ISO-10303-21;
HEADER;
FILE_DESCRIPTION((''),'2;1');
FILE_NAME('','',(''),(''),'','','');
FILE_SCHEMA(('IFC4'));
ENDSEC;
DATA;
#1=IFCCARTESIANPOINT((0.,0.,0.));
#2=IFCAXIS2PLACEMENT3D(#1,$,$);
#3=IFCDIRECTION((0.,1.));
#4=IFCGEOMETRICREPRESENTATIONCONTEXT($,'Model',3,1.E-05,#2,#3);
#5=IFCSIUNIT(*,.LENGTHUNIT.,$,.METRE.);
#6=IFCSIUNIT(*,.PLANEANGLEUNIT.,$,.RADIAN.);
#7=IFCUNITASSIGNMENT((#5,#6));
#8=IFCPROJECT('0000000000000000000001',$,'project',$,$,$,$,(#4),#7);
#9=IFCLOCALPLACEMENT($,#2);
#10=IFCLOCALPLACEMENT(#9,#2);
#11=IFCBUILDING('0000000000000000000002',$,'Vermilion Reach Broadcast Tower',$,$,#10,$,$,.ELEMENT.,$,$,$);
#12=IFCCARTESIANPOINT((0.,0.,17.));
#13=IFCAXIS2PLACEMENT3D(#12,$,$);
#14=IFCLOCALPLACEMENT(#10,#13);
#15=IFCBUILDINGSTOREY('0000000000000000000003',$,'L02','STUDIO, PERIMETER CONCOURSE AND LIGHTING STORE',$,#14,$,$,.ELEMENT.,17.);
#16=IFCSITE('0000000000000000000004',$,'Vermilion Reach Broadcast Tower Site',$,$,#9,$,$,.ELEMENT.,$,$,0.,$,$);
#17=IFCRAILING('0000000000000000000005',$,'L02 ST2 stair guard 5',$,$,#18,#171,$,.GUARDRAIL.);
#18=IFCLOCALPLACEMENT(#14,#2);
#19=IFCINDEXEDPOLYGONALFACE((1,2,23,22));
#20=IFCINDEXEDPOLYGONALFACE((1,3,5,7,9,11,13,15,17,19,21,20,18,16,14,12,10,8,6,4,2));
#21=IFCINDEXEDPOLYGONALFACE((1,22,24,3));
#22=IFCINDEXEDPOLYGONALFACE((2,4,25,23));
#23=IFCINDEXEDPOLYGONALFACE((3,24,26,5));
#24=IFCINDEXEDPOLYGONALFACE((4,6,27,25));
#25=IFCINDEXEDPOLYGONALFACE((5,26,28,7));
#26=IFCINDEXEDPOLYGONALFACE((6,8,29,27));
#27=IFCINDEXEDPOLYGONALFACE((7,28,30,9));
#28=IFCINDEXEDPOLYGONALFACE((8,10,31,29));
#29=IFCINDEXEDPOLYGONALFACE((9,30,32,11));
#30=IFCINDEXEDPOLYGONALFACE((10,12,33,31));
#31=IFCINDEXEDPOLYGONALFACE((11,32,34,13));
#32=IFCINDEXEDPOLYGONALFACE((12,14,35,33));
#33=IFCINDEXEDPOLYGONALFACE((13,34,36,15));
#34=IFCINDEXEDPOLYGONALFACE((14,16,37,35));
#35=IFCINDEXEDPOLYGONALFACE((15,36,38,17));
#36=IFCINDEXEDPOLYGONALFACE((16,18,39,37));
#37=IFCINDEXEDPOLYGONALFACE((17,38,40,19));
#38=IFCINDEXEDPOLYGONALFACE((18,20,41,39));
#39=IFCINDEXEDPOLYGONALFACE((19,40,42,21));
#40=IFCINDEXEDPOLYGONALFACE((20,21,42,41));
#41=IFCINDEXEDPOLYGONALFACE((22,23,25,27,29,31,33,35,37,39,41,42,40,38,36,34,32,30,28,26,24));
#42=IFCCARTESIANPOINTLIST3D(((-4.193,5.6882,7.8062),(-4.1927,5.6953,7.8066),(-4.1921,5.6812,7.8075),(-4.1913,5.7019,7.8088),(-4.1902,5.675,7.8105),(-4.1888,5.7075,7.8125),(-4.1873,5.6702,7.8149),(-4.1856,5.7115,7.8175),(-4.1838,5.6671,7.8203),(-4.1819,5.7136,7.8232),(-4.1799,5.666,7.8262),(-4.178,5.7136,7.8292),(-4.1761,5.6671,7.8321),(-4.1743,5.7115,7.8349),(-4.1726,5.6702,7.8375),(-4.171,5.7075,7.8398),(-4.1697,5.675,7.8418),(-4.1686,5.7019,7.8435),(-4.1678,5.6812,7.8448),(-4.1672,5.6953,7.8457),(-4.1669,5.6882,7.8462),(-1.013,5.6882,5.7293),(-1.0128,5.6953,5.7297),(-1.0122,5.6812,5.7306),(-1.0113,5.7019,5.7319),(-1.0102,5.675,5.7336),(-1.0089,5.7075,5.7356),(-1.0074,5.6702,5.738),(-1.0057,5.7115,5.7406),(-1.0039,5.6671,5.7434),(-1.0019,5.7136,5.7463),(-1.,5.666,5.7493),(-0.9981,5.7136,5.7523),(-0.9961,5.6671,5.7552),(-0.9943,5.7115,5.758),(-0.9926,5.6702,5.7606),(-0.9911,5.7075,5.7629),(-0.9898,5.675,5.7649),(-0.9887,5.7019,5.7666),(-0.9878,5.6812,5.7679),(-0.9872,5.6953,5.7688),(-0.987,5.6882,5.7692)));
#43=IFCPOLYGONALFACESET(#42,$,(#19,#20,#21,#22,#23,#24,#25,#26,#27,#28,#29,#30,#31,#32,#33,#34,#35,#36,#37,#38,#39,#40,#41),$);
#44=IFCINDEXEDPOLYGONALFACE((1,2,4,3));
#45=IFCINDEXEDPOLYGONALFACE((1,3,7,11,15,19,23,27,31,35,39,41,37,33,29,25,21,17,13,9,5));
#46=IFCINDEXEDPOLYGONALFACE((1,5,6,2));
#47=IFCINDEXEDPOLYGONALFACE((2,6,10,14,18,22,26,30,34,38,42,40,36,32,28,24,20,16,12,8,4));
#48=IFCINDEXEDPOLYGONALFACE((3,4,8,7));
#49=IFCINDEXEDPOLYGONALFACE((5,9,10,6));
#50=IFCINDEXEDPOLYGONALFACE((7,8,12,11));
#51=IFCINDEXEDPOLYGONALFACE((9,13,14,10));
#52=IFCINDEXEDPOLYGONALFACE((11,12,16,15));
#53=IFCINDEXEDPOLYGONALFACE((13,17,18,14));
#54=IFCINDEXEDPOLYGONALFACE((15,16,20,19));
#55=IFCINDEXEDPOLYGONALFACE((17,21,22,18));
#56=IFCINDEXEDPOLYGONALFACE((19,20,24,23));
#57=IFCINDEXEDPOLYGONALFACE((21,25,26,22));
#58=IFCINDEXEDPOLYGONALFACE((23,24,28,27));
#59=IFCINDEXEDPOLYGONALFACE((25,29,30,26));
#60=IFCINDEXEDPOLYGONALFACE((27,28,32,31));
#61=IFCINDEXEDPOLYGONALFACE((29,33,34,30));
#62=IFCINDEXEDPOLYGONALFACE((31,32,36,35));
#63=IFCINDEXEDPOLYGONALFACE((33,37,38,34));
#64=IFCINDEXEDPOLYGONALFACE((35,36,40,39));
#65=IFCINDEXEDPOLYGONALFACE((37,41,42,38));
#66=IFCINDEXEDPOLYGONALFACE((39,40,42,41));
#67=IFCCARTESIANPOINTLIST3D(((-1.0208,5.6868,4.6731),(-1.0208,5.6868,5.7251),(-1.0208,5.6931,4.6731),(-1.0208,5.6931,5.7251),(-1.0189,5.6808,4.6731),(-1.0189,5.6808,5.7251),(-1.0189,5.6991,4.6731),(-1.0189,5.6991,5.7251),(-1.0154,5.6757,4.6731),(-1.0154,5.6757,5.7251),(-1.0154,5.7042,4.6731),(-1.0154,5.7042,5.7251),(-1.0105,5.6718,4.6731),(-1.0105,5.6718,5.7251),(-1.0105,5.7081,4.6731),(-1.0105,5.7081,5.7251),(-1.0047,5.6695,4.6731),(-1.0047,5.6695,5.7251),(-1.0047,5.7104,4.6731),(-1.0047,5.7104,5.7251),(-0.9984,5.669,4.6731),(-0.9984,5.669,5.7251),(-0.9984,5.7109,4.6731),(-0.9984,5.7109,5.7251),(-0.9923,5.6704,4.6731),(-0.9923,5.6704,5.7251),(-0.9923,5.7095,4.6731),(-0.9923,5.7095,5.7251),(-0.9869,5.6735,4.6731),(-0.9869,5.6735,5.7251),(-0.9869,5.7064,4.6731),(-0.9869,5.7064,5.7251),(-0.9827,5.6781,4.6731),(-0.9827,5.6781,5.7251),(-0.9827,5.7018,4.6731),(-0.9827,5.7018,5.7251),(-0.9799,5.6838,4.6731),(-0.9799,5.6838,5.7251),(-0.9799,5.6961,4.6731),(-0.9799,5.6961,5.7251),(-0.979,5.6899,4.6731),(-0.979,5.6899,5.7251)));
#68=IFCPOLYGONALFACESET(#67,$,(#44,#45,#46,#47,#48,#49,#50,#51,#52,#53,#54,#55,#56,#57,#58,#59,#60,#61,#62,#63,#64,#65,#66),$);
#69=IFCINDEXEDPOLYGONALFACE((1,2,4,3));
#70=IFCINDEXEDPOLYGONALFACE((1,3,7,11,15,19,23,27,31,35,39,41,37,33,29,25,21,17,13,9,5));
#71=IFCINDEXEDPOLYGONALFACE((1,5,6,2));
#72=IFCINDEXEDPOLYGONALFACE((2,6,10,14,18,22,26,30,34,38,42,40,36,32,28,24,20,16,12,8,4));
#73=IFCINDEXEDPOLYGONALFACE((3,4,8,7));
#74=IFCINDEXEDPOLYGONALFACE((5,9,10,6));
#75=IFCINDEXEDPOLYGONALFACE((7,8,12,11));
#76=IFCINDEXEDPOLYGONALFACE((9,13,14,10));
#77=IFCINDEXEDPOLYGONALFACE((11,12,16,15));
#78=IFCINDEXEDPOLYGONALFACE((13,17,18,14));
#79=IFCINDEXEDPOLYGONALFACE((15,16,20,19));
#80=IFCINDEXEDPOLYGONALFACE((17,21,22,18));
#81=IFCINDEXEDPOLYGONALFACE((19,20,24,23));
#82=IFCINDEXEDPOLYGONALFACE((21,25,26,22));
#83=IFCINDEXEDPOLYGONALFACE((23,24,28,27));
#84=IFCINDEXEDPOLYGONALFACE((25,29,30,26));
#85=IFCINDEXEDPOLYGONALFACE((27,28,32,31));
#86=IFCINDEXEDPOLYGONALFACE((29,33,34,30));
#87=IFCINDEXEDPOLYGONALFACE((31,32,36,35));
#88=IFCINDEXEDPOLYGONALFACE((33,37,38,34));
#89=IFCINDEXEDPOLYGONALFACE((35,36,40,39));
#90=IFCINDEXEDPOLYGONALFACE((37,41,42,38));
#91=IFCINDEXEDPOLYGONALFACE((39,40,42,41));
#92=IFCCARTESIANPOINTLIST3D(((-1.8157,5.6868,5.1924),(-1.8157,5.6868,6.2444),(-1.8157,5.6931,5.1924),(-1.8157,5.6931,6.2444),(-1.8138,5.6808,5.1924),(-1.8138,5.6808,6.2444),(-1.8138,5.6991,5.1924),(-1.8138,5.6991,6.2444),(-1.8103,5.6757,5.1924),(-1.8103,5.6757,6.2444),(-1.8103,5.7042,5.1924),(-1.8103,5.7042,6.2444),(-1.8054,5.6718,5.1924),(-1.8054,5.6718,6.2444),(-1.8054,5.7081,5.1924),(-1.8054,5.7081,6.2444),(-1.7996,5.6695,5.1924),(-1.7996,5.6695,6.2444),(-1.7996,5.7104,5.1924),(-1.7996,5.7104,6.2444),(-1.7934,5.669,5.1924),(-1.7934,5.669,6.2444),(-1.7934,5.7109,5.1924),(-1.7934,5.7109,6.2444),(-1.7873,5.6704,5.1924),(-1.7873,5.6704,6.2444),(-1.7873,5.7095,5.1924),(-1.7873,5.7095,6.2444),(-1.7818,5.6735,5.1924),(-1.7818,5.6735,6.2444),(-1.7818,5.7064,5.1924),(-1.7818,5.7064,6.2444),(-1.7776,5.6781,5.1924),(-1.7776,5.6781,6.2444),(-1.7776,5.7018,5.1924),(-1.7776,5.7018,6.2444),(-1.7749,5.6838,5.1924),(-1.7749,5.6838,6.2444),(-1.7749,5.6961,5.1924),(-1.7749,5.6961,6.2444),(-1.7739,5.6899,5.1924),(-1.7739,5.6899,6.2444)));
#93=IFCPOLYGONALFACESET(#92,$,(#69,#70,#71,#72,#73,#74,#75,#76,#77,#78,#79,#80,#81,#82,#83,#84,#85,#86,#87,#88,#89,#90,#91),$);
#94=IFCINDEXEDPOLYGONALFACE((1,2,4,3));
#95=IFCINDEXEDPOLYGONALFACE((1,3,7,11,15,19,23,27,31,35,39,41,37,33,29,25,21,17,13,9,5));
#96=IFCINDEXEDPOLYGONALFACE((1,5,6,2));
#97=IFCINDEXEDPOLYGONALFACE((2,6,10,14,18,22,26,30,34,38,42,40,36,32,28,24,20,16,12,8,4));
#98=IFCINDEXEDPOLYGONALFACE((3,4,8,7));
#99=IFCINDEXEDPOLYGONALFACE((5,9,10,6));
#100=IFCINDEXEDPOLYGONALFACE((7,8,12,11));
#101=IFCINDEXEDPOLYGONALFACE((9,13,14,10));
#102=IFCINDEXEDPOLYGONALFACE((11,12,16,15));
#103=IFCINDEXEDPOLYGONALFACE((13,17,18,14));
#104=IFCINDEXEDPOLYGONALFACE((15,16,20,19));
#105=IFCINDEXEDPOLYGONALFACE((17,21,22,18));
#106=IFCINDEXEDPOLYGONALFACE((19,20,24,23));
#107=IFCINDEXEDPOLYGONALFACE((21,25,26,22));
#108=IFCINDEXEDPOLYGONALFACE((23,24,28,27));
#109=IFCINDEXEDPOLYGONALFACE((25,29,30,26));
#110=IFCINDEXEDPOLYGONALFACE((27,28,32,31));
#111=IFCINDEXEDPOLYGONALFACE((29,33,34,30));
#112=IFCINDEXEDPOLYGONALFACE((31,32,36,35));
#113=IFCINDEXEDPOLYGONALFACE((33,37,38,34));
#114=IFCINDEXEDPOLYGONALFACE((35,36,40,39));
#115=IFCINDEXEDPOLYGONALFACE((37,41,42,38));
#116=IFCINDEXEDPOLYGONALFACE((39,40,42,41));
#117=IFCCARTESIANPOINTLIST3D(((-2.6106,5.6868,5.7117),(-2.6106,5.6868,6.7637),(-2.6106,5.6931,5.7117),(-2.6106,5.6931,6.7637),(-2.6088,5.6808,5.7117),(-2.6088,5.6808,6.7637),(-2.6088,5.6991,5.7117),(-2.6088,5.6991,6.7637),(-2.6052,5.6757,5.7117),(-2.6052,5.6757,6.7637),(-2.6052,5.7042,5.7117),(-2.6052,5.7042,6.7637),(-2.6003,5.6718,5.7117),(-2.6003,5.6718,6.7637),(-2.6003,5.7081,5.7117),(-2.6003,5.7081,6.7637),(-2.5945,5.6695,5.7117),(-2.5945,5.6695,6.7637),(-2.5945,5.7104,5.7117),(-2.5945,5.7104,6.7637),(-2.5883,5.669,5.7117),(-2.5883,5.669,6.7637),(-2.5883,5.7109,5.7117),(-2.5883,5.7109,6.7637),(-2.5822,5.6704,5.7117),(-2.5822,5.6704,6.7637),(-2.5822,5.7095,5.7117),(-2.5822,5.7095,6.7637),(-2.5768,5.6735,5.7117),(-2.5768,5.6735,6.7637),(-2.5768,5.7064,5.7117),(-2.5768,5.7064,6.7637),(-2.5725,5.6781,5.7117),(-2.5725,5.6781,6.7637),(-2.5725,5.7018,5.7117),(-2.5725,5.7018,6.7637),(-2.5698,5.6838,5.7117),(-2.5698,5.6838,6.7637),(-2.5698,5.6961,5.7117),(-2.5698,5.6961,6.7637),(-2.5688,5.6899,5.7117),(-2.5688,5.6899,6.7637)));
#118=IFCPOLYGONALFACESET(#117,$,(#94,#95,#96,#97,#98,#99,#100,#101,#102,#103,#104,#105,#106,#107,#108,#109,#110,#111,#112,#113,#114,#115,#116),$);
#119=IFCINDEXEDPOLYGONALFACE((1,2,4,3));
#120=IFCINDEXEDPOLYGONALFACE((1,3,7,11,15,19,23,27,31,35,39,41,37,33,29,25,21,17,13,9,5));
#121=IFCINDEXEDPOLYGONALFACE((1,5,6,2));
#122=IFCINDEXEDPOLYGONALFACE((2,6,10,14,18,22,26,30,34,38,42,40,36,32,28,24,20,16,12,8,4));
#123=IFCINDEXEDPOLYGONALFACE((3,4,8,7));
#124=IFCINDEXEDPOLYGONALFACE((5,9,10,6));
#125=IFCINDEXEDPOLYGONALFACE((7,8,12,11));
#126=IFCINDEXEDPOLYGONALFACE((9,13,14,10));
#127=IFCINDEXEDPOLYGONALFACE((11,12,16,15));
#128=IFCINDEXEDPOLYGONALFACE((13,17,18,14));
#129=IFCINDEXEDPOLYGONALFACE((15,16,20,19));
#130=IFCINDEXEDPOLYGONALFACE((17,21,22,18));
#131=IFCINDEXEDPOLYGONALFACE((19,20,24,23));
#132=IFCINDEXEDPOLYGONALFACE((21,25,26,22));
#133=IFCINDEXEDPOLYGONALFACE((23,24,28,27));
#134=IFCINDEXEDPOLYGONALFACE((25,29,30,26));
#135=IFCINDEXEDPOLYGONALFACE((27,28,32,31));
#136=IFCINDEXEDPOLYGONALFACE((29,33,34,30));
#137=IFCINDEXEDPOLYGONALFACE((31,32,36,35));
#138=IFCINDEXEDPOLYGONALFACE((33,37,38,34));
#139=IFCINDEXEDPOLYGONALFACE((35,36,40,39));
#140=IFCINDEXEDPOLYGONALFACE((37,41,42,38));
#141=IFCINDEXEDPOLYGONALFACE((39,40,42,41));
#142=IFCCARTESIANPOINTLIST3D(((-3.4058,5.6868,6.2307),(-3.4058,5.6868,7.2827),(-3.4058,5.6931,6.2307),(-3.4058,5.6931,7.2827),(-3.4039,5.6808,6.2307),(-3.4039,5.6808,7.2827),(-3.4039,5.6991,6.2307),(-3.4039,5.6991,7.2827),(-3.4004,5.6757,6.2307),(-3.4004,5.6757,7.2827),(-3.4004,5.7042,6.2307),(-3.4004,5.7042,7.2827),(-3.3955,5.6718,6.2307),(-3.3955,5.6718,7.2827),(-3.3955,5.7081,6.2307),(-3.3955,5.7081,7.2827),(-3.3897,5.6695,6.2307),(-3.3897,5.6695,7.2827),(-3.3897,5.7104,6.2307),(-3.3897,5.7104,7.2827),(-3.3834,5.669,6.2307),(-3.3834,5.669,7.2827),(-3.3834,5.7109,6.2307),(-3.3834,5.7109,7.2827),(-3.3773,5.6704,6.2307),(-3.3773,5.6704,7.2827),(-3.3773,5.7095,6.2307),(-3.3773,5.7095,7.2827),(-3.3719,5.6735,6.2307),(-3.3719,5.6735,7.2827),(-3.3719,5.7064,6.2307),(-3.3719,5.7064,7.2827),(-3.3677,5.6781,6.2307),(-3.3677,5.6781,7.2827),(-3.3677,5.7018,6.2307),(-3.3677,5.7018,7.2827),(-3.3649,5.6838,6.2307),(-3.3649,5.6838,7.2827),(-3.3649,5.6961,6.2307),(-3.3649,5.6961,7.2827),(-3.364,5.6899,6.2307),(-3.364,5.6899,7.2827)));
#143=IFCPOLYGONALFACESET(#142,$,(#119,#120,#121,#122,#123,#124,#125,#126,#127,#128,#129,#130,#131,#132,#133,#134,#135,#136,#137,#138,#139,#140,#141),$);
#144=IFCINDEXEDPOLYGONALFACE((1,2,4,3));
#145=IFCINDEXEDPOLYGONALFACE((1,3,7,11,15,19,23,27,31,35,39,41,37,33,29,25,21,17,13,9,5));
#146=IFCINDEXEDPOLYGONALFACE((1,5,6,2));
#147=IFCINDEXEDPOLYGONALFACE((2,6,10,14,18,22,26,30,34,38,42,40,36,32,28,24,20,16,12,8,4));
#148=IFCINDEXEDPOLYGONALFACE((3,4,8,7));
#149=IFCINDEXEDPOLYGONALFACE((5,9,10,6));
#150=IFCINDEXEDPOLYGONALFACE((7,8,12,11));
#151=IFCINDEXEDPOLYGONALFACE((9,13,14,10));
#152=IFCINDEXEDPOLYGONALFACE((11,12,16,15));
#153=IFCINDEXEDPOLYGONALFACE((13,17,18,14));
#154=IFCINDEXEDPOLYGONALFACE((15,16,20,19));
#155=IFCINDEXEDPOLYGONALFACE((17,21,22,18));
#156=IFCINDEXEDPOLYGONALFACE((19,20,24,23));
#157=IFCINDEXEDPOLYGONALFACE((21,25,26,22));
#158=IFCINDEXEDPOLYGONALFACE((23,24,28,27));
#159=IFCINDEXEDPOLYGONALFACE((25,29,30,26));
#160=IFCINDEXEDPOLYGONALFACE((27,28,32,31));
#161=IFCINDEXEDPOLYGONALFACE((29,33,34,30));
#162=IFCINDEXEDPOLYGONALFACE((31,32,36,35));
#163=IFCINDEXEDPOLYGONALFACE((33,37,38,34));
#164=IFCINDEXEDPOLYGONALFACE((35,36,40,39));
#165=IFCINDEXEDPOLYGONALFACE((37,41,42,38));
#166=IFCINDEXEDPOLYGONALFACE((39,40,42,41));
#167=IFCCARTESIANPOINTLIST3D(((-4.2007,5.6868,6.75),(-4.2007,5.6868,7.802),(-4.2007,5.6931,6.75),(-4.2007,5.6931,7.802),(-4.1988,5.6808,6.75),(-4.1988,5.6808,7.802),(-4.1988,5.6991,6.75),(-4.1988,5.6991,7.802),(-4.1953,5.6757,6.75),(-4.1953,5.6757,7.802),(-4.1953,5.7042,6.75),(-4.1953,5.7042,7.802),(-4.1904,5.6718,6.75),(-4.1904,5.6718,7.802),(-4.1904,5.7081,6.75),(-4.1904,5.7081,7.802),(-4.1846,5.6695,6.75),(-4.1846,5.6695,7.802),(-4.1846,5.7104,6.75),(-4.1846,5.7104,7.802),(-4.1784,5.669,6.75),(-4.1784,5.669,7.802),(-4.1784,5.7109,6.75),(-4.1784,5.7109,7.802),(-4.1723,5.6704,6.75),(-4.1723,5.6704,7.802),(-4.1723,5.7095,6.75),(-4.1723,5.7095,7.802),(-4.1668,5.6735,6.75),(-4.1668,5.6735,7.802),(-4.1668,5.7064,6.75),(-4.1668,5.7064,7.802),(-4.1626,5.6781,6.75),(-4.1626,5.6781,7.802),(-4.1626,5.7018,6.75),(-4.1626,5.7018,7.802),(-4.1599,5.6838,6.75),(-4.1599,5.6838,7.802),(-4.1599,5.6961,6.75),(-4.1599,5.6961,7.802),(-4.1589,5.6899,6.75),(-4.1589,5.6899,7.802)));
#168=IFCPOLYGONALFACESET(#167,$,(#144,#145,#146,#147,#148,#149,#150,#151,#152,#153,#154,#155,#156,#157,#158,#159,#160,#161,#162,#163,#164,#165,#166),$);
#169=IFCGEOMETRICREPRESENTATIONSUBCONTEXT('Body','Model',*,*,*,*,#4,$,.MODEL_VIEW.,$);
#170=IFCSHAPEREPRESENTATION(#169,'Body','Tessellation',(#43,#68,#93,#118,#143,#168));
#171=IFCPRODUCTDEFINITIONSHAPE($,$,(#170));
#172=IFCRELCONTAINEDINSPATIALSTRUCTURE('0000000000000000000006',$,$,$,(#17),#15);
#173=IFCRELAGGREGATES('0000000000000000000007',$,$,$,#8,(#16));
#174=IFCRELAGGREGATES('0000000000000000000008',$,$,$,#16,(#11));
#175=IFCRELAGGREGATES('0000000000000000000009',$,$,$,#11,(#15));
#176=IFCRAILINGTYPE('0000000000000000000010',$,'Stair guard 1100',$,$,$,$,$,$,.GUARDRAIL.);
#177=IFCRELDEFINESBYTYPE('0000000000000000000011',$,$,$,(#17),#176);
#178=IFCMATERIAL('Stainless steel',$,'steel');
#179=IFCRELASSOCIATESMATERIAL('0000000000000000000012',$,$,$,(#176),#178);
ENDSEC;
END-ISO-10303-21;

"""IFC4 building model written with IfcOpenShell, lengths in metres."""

from ifc_helpers import new_model, si_unit, direction, frame, origin, origin_2d, place, context, subcontext, project, spatial, circle, extrude, material, type_object, element, save


model = new_model("IFC4")

# Units and contexts
model_context = context("Model", 3, precision=1e-05, world=origin(), true_north=direction((0.0, 1.0)))
body_context = subcontext(model_context, "Body", "Model", "MODEL_VIEW")
ifc_project = project(units=[si_unit("LENGTHUNIT", "METRE"), si_unit("PLANEANGLEUNIT", "RADIAN")], contexts=[model_context])

# Site, building, storey
site_placement = place(None, origin())
site = spatial("IfcSite", under=ifc_project, at=site_placement, Name="Vermilion Reach Broadcast Tower Site", CompositionType="ELEMENT", RefElevation=0.0)
building_placement = place(site_placement, origin())
building = spatial("IfcBuilding", under=site, at=building_placement, Name="Vermilion Reach Broadcast Tower", CompositionType="ELEMENT")
storey_placement = place(building_placement, frame((0.0, 0.0, 17.0)))
storey = spatial("IfcBuildingStorey", under=building, at=storey_placement, Name="L02", Description="STUDIO, PERIMETER CONCOURSE AND LIGHTING STORE", CompositionType="ELEMENT", Elevation=17.0)

# Railing
ifc_material_1 = material(Name="Stainless steel", Category="steel")
railing_type_1 = type_object("IfcRailingType", Name="Stair guard 1100", PredefinedType="GUARDRAIL", material=ifc_material_1)
railing_1_placement = place(storey_placement, frame((-1.0, 5.6899, 4.6731)))
element("IfcRailing", 1, at=railing_1_placement, inside=storey, type_object=railing_type_1, Name="L02 ST2 stair guard 5", PredefinedType="GUARDRAIL", context=body_context, shape_type="SweptSolid", body=[
    extrude(circle(Radius=0.0239, at=origin_2d()), frame((0.0, 0.0, 1.0762), z_axis=(-0.837245, 0.0, 0.546828), x_axis=(0.0, -1.0, 0.0)), (0.0, 0.0, 1.0), 3.7981),
    extrude(circle(Radius=0.021, at=origin_2d()), origin(), (0.0, 0.0, 1.0), 1.052),
    extrude(circle(Radius=0.021, at=origin_2d()), frame((-0.7949, 0.0, 0.5193)), (0.0, 0.0, 1.0), 1.052),
    extrude(circle(Radius=0.021, at=origin_2d()), frame((-1.5898, 0.0, 1.0386)), (0.0, 0.0, 1.0), 1.052),
    extrude(circle(Radius=0.021, at=origin_2d()), frame((-2.385, 0.0, 1.5576)), (0.0, 0.0, 1.0), 1.052),
    extrude(circle(Radius=0.021, at=origin_2d()), frame((-3.1799, 0.0, 2.0769)), (0.0, 0.0, 1.0), 1.052),
])

save(model, "model.ifc")
